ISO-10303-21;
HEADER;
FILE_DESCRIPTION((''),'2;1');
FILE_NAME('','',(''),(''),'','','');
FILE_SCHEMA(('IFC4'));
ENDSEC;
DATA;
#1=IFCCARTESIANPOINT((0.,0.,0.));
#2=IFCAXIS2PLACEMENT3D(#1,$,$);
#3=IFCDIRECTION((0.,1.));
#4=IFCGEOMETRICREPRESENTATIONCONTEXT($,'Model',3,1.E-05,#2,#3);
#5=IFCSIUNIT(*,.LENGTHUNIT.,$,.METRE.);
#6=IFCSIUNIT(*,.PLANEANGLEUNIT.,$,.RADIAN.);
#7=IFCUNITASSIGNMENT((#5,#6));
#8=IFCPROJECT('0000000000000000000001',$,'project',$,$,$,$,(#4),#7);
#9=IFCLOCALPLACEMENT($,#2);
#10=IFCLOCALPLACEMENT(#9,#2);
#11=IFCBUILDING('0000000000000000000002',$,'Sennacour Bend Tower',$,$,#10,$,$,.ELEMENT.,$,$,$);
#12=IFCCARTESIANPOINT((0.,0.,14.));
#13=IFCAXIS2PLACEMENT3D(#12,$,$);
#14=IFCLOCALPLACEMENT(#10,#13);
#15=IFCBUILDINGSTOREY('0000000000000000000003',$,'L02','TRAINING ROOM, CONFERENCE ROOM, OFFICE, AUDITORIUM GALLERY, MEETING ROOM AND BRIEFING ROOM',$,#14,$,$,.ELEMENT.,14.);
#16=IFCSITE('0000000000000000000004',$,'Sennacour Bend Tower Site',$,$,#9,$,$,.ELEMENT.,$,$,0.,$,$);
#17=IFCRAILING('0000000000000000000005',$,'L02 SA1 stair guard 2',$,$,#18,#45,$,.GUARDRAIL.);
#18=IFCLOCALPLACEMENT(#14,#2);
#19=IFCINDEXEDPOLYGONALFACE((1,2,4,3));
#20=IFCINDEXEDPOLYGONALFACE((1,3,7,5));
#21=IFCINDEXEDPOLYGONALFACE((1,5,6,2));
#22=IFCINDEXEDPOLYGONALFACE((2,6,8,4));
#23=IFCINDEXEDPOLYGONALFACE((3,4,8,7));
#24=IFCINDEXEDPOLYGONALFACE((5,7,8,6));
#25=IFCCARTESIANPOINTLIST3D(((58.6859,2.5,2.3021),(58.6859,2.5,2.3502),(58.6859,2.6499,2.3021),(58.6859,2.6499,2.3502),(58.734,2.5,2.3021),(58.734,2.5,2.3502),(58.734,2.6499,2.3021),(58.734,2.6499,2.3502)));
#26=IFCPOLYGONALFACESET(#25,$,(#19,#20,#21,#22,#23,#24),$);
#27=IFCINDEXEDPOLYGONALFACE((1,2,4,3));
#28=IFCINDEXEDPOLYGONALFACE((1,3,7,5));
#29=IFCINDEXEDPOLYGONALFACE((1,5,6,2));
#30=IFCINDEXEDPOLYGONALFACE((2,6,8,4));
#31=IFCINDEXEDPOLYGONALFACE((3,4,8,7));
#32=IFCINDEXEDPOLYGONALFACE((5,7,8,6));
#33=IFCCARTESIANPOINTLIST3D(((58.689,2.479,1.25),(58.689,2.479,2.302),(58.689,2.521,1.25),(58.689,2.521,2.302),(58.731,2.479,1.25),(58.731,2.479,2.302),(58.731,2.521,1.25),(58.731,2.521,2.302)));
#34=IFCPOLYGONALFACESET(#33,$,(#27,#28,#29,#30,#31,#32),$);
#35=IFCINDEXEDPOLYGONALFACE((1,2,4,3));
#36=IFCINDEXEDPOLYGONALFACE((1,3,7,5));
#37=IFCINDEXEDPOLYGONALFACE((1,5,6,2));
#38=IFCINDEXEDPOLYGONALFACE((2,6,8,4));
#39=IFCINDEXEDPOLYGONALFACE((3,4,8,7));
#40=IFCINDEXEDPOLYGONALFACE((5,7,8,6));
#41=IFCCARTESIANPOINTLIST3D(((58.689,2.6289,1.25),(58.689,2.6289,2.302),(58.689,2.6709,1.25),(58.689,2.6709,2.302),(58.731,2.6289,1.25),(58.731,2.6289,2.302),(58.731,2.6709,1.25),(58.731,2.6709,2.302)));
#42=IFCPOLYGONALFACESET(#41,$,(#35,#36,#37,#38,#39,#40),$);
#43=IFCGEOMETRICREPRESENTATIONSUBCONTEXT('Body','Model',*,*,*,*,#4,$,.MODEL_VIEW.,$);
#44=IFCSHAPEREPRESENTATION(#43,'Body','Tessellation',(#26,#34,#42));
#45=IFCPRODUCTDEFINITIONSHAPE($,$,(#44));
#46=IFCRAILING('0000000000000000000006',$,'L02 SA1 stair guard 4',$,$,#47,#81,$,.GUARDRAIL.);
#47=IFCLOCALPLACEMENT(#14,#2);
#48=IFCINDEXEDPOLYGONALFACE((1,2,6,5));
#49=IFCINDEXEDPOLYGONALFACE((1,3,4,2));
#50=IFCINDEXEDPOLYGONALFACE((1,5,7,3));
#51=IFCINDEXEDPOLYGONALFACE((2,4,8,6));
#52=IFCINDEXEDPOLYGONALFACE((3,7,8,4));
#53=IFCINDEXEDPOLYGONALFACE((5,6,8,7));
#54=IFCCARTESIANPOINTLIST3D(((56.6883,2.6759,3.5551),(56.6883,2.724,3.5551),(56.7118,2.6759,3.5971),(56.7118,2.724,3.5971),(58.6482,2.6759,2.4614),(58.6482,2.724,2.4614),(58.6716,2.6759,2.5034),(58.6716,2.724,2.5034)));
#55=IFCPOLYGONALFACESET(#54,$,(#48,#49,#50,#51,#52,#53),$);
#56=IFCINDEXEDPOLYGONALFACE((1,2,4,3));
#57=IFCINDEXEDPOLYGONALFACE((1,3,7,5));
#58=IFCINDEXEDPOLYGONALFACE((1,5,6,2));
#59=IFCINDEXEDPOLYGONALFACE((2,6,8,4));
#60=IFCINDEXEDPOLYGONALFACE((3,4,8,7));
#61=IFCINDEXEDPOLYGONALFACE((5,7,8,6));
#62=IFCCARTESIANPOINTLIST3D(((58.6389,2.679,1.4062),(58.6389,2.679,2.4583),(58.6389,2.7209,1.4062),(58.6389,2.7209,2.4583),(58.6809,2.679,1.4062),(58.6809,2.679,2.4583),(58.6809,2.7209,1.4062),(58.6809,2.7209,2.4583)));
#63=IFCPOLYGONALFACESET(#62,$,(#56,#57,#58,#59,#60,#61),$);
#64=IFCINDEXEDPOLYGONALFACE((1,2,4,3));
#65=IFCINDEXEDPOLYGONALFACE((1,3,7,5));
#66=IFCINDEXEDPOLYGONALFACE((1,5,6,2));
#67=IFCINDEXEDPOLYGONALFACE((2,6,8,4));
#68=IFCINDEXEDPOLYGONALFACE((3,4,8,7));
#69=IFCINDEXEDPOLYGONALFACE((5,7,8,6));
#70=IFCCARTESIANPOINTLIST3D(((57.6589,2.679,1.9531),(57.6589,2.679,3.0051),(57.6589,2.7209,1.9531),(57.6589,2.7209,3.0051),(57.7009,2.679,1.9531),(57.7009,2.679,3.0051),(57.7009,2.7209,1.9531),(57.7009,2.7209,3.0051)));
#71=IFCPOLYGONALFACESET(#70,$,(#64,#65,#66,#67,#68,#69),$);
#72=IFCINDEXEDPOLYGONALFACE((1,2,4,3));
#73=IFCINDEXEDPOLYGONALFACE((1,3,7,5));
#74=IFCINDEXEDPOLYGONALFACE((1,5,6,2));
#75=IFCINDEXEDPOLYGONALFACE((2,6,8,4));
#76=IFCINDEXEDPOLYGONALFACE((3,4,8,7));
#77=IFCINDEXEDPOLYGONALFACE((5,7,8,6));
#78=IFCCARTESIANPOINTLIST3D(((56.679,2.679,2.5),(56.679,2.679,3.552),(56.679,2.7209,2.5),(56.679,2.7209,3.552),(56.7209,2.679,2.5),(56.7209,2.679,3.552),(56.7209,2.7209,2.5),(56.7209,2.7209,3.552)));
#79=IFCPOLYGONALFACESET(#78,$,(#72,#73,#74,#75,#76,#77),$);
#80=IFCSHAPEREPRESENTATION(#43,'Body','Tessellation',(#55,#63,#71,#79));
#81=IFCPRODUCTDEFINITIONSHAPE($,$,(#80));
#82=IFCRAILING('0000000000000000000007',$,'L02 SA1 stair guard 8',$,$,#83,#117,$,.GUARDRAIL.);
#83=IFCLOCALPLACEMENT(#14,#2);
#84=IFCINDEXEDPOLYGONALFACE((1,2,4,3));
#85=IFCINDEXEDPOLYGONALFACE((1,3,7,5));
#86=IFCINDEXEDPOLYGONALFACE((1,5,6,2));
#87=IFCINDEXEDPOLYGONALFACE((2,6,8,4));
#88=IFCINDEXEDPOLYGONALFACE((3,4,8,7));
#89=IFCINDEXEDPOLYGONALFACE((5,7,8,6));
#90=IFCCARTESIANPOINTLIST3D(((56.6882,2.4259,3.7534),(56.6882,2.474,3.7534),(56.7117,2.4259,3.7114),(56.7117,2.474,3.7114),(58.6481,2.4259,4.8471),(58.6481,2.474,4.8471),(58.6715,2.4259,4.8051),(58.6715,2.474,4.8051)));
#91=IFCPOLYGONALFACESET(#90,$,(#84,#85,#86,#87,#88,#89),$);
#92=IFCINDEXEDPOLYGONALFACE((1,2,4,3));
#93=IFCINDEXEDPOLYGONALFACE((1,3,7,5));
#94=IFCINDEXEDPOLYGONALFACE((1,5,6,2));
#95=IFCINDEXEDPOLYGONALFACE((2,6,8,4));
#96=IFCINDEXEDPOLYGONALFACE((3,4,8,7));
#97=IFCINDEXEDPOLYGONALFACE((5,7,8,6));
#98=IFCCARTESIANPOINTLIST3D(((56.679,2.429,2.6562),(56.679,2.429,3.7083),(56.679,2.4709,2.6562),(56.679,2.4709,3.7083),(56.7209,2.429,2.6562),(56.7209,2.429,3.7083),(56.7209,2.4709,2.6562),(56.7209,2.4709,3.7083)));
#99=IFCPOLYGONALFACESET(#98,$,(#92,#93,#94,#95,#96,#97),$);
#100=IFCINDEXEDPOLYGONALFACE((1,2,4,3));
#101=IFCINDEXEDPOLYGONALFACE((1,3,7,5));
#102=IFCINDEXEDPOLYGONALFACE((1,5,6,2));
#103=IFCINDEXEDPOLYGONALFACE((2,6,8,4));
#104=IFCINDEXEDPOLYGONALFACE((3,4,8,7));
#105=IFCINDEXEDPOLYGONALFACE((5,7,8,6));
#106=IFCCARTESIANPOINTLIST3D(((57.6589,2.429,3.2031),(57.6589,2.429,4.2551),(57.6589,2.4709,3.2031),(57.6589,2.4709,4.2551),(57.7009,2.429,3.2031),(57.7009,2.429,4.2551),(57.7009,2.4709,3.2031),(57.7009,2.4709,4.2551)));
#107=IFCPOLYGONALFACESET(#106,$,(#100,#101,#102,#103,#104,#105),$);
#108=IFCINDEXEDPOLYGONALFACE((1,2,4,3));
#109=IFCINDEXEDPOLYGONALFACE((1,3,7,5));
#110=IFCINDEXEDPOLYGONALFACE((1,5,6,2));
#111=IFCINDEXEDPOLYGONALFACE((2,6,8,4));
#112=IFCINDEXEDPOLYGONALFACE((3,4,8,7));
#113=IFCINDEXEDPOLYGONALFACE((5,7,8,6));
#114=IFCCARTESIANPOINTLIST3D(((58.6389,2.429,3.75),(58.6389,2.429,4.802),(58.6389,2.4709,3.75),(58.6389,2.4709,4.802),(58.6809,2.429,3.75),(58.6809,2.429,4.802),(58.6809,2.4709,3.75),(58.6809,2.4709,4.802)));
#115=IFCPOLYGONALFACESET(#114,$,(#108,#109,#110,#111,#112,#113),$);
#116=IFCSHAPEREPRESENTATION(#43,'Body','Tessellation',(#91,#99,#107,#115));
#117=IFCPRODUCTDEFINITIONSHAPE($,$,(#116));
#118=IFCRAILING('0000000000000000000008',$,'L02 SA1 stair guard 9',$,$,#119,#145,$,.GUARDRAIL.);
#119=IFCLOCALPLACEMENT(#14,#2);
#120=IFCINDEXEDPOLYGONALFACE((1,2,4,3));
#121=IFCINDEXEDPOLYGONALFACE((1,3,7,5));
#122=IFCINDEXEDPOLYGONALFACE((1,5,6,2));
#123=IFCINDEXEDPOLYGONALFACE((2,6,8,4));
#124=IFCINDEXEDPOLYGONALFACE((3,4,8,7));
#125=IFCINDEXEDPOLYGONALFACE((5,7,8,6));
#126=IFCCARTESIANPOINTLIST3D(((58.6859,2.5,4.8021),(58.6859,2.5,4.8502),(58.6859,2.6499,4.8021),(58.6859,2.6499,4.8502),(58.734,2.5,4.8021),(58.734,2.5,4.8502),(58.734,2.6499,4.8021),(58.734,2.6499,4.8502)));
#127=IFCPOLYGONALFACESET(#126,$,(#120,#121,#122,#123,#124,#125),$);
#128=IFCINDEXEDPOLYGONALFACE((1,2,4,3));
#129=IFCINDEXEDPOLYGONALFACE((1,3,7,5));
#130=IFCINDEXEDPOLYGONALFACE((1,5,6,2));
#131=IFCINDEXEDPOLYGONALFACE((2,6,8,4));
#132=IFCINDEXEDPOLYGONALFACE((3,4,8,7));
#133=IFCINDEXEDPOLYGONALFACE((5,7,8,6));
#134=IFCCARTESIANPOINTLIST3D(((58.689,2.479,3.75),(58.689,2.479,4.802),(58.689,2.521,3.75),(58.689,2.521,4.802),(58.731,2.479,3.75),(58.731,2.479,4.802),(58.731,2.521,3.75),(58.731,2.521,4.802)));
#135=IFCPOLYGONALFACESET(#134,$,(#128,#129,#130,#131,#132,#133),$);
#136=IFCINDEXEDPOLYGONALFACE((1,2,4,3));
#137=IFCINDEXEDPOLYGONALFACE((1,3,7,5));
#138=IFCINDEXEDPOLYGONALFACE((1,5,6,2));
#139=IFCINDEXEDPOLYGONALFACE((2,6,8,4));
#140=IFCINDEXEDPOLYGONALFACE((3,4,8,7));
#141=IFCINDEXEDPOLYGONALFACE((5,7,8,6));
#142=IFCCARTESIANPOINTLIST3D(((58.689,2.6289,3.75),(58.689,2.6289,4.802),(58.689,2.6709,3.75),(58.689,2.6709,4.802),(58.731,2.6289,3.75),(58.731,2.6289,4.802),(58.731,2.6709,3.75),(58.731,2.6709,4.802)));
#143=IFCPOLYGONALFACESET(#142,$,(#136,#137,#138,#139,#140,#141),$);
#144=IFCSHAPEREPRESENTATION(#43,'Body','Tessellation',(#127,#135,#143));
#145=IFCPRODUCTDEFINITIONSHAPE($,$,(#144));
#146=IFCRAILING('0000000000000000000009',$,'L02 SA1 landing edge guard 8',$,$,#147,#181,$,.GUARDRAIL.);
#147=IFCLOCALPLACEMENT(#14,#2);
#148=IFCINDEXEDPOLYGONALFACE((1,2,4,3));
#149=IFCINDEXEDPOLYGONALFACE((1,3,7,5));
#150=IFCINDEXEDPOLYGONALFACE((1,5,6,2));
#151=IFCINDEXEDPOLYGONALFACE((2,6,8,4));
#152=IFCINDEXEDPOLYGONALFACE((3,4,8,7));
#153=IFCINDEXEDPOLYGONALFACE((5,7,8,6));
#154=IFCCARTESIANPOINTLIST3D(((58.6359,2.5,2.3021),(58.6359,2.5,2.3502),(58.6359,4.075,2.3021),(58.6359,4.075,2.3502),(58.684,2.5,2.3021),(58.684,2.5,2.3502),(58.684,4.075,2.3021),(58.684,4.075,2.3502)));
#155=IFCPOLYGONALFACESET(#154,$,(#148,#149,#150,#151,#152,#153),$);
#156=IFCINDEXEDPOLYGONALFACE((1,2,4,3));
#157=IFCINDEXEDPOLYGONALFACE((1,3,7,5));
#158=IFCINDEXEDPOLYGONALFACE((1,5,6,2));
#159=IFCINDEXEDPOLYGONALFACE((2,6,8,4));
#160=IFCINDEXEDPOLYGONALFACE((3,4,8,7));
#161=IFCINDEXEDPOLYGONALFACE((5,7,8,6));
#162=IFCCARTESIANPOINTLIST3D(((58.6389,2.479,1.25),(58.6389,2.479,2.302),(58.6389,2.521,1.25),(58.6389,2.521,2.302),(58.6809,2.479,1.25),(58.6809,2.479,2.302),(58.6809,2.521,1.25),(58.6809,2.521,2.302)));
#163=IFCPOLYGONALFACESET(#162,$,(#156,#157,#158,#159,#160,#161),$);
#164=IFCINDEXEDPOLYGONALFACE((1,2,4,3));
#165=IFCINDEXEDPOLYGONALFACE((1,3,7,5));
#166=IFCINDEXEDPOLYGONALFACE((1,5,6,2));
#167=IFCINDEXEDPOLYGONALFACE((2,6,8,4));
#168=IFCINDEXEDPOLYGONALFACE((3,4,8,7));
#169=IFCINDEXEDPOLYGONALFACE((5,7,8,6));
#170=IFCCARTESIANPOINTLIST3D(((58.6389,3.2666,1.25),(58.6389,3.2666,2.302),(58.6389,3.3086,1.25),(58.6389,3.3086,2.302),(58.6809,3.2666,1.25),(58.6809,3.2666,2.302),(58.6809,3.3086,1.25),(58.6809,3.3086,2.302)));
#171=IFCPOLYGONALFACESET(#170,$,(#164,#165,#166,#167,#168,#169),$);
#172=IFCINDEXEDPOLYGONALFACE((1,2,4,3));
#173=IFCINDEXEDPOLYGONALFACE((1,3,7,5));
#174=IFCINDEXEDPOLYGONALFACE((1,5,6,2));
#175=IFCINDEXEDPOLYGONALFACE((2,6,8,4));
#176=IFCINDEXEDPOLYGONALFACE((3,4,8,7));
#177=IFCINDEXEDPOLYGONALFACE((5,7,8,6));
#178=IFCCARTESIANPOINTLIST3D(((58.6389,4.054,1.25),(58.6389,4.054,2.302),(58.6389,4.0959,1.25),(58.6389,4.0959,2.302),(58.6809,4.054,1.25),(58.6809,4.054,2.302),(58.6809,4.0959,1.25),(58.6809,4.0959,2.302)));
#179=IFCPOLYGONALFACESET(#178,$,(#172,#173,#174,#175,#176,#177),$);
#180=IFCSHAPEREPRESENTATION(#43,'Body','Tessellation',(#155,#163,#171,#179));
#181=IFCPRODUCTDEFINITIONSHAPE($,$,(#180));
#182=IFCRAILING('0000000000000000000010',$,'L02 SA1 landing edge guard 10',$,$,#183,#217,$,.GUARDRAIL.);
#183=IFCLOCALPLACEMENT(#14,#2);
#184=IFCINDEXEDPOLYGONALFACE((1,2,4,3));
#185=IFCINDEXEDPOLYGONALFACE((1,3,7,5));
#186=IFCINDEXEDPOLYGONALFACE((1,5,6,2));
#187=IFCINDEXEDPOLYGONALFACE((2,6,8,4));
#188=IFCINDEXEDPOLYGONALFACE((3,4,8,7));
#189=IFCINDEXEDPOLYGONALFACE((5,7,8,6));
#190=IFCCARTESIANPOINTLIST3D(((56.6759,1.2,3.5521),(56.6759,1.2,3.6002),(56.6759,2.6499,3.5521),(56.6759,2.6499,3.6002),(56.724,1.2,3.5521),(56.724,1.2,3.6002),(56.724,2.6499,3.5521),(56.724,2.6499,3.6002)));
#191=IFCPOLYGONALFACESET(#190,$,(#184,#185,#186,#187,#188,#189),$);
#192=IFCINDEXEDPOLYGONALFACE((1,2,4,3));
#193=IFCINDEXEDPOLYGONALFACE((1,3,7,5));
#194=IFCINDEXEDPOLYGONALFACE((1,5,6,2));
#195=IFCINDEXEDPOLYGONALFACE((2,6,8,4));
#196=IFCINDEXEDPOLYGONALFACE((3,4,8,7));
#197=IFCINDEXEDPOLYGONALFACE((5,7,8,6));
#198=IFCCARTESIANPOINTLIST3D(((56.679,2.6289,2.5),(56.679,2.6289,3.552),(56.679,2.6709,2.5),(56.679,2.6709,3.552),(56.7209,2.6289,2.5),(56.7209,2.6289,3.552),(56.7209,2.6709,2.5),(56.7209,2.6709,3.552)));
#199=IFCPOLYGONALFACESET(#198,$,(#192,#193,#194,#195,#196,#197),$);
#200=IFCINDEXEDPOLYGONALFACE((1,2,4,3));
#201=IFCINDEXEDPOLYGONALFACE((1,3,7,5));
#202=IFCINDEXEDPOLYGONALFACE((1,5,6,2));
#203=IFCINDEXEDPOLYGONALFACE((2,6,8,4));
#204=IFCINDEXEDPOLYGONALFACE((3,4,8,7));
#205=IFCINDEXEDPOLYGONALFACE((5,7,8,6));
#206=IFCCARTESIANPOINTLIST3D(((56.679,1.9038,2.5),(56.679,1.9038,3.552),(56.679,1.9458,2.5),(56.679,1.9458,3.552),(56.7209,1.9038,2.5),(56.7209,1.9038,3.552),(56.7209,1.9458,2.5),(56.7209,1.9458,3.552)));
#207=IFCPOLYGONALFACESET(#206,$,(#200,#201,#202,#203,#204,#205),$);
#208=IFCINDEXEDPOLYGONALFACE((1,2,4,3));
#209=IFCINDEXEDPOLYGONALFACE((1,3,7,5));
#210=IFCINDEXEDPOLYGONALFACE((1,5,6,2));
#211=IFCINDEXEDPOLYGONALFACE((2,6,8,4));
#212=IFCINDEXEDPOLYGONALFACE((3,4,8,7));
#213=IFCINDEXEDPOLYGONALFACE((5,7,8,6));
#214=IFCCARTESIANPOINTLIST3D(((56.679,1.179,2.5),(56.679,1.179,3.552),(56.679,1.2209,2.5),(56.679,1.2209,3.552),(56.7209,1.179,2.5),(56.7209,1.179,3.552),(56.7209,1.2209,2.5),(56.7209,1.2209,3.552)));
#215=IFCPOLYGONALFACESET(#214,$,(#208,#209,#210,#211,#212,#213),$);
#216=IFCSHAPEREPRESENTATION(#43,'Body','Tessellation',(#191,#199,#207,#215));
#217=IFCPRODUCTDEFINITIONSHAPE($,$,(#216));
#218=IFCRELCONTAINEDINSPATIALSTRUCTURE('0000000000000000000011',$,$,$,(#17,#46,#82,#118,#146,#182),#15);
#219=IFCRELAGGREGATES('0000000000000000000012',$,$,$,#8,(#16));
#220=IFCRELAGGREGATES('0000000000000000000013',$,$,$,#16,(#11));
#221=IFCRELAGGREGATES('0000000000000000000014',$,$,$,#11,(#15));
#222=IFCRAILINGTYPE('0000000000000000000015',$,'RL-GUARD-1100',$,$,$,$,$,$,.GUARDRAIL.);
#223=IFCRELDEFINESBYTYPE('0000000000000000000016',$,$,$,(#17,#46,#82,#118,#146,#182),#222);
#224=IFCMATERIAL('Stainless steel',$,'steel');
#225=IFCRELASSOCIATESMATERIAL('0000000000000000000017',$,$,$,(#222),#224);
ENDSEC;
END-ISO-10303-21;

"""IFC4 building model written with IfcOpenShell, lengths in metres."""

from ifc_helpers import new_model, si_unit, direction, frame, origin, origin_2d, place, context, subcontext, project, spatial, rectangle, extrude, material, type_object, element, save


model = new_model("IFC4")

# Units and contexts
model_context = context("Model", 3, precision=1e-05, world=origin(), true_north=direction((0.0, 1.0)))
body_context = subcontext(model_context, "Body", "Model", "MODEL_VIEW")
ifc_project = project(units=[si_unit("LENGTHUNIT", "METRE"), si_unit("PLANEANGLEUNIT", "RADIAN")], contexts=[model_context])

# Site, building, storey
site_placement = place(None, origin())
site = spatial("IfcSite", under=ifc_project, at=site_placement, Name="Sennacour Bend Tower Site", CompositionType="ELEMENT", RefElevation=0.0)
building_placement = place(site_placement, origin())
building = spatial("IfcBuilding", under=site, at=building_placement, Name="Sennacour Bend Tower", CompositionType="ELEMENT")
storey_placement = place(building_placement, frame((0.0, 0.0, 14.0)))
storey = spatial("IfcBuildingStorey", under=building, at=storey_placement, Name="L02", Description="TRAINING ROOM, CONFERENCE ROOM, OFFICE, AUDITORIUM GALLERY, MEETING ROOM AND BRIEFING ROOM", CompositionType="ELEMENT", Elevation=14.0)

# Railings
ifc_material_1 = material(Name="Stainless steel", Category="steel")
railing_type_1 = type_object("IfcRailingType", Name="RL-GUARD-1100", PredefinedType="GUARDRAIL", material=ifc_material_1)
railing_1_placement = place(storey_placement, frame((58.71, 2.5, 1.25)))
element("IfcRailing", 1, at=railing_1_placement, inside=storey, type_object=railing_type_1, Name="L02 SA1 stair guard 2", PredefinedType="GUARDRAIL", context=body_context, shape_type="SweptSolid", body=[
    extrude(rectangle(XDim=0.0481, YDim=0.0481, at=origin_2d()), frame((0.0, 0.0, 1.0762), z_axis=(0.0, 1.0, 0.0), x_axis=(-1.0, 0.0, 0.0)), (0.0, 0.0, 1.0), 0.1499),
    extrude(rectangle(XDim=0.042, YDim=0.042, at=origin_2d()), origin(), (0.0, 0.0, 1.0), 1.052),
    extrude(rectangle(XDim=0.042, YDim=0.042, at=origin_2d()), frame((0.0, 0.1499, 0.0)), (0.0, 0.0, 1.0), 1.052),
])
railing_2_placement = place(storey_placement, frame((58.6599, 2.7, 1.4062)))
element("IfcRailing", 2, at=railing_2_placement, inside=storey, type_object=railing_type_1, Name="L02 SA1 stair guard 4", PredefinedType="GUARDRAIL", context=body_context, shape_type="SweptSolid", body=[
    extrude(rectangle(XDim=0.0481, YDim=0.0481, at=origin_2d()), frame((0.0, 0.0, 1.0762), z_axis=(-0.873232, 0.0, 0.487304), x_axis=(0.0, -1.0, 0.0)), (0.0, 0.0, 1.0), 2.2444),
    extrude(rectangle(XDim=0.042, YDim=0.042, at=origin_2d()), origin(), (0.0, 0.0, 1.0), 1.052),
    extrude(rectangle(XDim=0.042, YDim=0.042, at=origin_2d()), frame((-0.98, 0.0, 0.5469)), (0.0, 0.0, 1.0), 1.052),
    extrude(rectangle(XDim=0.042, YDim=0.042, at=origin_2d()), frame((-1.96, 0.0, 1.0938)), (0.0, 0.0, 1.0), 1.052),
])
railing_3_placement = place(storey_placement, frame((56.7, 2.45, 2.6562)))
element("IfcRailing", 3, at=railing_3_placement, inside=storey, type_object=railing_type_1, Name="L02 SA1 stair guard 8", PredefinedType="GUARDRAIL", context=body_context, shape_type="SweptSolid", body=[
    extrude(rectangle(XDim=0.0481, YDim=0.0481, at=origin_2d()), frame((0.0, 0.0, 1.0762), z_axis=(0.873232, 0.0, 0.487304), x_axis=(0.0, 1.0, 0.0)), (0.0, 0.0, 1.0), 2.2444),
    extrude(rectangle(XDim=0.042, YDim=0.042, at=origin_2d()), origin(), (0.0, 0.0, 1.0), 1.052),
    extrude(rectangle(XDim=0.042, YDim=0.042, at=origin_2d()), frame((0.98, 0.0, 0.5469)), (0.0, 0.0, 1.0), 1.052),
    extrude(rectangle(XDim=0.042, YDim=0.042, at=origin_2d()), frame((1.96, 0.0, 1.0938)), (0.0, 0.0, 1.0), 1.052),
])
railing_4_placement = place(storey_placement, frame((58.71, 2.5, 3.75)))
element("IfcRailing", 4, at=railing_4_placement, inside=storey, type_object=railing_type_1, Name="L02 SA1 stair guard 9", PredefinedType="GUARDRAIL", context=body_context, shape_type="SweptSolid", body=[
    extrude(rectangle(XDim=0.0481, YDim=0.0481, at=origin_2d()), frame((0.0, 0.0, 1.0762), z_axis=(0.0, 1.0, 0.0), x_axis=(-1.0, 0.0, 0.0)), (0.0, 0.0, 1.0), 0.1499),
    extrude(rectangle(XDim=0.042, YDim=0.042, at=origin_2d()), origin(), (0.0, 0.0, 1.0), 1.052),
    extrude(rectangle(XDim=0.042, YDim=0.042, at=origin_2d()), frame((0.0, 0.1499, 0.0)), (0.0, 0.0, 1.0), 1.052),
])
railing_5_placement = place(storey_placement, frame((58.6599, 2.5, 1.25)))
element("IfcRailing", 5, at=railing_5_placement, inside=storey, type_object=railing_type_1, Name="L02 SA1 landing edge guard 8", PredefinedType="GUARDRAIL", context=body_context, shape_type="SweptSolid", body=[
    extrude(rectangle(XDim=0.0481, YDim=0.0481, at=origin_2d()), frame((0.0, 0.0, 1.0762), z_axis=(0.0, 1.0, 0.0), x_axis=(-1.0, 0.0, 0.0)), (0.0, 0.0, 1.0), 1.575),
    extrude(rectangle(XDim=0.042, YDim=0.042, at=origin_2d()), origin(), (0.0, 0.0, 1.0), 1.052),
    extrude(rectangle(XDim=0.042, YDim=0.042, at=origin_2d()), frame((0.0, 0.7876, 0.0)), (0.0, 0.0, 1.0), 1.052),
    extrude(rectangle(XDim=0.042, YDim=0.042, at=origin_2d()), frame((0.0, 1.575, 0.0)), (0.0, 0.0, 1.0), 1.052),
])
railing_6_placement = place(storey_placement, frame((56.7, 2.6499, 2.5)))
element("IfcRailing", 6, at=railing_6_placement, inside=storey, type_object=railing_type_1, Name="L02 SA1 landing edge guard 10", PredefinedType="GUARDRAIL", context=body_context, shape_type="SweptSolid", body=[
    extrude(rectangle(XDim=0.0481, YDim=0.0481, at=origin_2d()), frame((0.0, 0.0, 1.0762), z_axis=(0.0, -1.0, 0.0), x_axis=(1.0, 0.0, 0.0)), (0.0, 0.0, 1.0), 1.45),
    extrude(rectangle(XDim=0.042, YDim=0.042, at=origin_2d()), origin(), (0.0, 0.0, 1.0), 1.052),
    extrude(rectangle(XDim=0.042, YDim=0.042, at=origin_2d()), frame((0.0, -0.7251, 0.0)), (0.0, 0.0, 1.0), 1.052),
    extrude(rectangle(XDim=0.042, YDim=0.042, at=origin_2d()), frame((0.0, -1.45, 0.0)), (0.0, 0.0, 1.0), 1.052),
])

save(model, "model.ifc")
